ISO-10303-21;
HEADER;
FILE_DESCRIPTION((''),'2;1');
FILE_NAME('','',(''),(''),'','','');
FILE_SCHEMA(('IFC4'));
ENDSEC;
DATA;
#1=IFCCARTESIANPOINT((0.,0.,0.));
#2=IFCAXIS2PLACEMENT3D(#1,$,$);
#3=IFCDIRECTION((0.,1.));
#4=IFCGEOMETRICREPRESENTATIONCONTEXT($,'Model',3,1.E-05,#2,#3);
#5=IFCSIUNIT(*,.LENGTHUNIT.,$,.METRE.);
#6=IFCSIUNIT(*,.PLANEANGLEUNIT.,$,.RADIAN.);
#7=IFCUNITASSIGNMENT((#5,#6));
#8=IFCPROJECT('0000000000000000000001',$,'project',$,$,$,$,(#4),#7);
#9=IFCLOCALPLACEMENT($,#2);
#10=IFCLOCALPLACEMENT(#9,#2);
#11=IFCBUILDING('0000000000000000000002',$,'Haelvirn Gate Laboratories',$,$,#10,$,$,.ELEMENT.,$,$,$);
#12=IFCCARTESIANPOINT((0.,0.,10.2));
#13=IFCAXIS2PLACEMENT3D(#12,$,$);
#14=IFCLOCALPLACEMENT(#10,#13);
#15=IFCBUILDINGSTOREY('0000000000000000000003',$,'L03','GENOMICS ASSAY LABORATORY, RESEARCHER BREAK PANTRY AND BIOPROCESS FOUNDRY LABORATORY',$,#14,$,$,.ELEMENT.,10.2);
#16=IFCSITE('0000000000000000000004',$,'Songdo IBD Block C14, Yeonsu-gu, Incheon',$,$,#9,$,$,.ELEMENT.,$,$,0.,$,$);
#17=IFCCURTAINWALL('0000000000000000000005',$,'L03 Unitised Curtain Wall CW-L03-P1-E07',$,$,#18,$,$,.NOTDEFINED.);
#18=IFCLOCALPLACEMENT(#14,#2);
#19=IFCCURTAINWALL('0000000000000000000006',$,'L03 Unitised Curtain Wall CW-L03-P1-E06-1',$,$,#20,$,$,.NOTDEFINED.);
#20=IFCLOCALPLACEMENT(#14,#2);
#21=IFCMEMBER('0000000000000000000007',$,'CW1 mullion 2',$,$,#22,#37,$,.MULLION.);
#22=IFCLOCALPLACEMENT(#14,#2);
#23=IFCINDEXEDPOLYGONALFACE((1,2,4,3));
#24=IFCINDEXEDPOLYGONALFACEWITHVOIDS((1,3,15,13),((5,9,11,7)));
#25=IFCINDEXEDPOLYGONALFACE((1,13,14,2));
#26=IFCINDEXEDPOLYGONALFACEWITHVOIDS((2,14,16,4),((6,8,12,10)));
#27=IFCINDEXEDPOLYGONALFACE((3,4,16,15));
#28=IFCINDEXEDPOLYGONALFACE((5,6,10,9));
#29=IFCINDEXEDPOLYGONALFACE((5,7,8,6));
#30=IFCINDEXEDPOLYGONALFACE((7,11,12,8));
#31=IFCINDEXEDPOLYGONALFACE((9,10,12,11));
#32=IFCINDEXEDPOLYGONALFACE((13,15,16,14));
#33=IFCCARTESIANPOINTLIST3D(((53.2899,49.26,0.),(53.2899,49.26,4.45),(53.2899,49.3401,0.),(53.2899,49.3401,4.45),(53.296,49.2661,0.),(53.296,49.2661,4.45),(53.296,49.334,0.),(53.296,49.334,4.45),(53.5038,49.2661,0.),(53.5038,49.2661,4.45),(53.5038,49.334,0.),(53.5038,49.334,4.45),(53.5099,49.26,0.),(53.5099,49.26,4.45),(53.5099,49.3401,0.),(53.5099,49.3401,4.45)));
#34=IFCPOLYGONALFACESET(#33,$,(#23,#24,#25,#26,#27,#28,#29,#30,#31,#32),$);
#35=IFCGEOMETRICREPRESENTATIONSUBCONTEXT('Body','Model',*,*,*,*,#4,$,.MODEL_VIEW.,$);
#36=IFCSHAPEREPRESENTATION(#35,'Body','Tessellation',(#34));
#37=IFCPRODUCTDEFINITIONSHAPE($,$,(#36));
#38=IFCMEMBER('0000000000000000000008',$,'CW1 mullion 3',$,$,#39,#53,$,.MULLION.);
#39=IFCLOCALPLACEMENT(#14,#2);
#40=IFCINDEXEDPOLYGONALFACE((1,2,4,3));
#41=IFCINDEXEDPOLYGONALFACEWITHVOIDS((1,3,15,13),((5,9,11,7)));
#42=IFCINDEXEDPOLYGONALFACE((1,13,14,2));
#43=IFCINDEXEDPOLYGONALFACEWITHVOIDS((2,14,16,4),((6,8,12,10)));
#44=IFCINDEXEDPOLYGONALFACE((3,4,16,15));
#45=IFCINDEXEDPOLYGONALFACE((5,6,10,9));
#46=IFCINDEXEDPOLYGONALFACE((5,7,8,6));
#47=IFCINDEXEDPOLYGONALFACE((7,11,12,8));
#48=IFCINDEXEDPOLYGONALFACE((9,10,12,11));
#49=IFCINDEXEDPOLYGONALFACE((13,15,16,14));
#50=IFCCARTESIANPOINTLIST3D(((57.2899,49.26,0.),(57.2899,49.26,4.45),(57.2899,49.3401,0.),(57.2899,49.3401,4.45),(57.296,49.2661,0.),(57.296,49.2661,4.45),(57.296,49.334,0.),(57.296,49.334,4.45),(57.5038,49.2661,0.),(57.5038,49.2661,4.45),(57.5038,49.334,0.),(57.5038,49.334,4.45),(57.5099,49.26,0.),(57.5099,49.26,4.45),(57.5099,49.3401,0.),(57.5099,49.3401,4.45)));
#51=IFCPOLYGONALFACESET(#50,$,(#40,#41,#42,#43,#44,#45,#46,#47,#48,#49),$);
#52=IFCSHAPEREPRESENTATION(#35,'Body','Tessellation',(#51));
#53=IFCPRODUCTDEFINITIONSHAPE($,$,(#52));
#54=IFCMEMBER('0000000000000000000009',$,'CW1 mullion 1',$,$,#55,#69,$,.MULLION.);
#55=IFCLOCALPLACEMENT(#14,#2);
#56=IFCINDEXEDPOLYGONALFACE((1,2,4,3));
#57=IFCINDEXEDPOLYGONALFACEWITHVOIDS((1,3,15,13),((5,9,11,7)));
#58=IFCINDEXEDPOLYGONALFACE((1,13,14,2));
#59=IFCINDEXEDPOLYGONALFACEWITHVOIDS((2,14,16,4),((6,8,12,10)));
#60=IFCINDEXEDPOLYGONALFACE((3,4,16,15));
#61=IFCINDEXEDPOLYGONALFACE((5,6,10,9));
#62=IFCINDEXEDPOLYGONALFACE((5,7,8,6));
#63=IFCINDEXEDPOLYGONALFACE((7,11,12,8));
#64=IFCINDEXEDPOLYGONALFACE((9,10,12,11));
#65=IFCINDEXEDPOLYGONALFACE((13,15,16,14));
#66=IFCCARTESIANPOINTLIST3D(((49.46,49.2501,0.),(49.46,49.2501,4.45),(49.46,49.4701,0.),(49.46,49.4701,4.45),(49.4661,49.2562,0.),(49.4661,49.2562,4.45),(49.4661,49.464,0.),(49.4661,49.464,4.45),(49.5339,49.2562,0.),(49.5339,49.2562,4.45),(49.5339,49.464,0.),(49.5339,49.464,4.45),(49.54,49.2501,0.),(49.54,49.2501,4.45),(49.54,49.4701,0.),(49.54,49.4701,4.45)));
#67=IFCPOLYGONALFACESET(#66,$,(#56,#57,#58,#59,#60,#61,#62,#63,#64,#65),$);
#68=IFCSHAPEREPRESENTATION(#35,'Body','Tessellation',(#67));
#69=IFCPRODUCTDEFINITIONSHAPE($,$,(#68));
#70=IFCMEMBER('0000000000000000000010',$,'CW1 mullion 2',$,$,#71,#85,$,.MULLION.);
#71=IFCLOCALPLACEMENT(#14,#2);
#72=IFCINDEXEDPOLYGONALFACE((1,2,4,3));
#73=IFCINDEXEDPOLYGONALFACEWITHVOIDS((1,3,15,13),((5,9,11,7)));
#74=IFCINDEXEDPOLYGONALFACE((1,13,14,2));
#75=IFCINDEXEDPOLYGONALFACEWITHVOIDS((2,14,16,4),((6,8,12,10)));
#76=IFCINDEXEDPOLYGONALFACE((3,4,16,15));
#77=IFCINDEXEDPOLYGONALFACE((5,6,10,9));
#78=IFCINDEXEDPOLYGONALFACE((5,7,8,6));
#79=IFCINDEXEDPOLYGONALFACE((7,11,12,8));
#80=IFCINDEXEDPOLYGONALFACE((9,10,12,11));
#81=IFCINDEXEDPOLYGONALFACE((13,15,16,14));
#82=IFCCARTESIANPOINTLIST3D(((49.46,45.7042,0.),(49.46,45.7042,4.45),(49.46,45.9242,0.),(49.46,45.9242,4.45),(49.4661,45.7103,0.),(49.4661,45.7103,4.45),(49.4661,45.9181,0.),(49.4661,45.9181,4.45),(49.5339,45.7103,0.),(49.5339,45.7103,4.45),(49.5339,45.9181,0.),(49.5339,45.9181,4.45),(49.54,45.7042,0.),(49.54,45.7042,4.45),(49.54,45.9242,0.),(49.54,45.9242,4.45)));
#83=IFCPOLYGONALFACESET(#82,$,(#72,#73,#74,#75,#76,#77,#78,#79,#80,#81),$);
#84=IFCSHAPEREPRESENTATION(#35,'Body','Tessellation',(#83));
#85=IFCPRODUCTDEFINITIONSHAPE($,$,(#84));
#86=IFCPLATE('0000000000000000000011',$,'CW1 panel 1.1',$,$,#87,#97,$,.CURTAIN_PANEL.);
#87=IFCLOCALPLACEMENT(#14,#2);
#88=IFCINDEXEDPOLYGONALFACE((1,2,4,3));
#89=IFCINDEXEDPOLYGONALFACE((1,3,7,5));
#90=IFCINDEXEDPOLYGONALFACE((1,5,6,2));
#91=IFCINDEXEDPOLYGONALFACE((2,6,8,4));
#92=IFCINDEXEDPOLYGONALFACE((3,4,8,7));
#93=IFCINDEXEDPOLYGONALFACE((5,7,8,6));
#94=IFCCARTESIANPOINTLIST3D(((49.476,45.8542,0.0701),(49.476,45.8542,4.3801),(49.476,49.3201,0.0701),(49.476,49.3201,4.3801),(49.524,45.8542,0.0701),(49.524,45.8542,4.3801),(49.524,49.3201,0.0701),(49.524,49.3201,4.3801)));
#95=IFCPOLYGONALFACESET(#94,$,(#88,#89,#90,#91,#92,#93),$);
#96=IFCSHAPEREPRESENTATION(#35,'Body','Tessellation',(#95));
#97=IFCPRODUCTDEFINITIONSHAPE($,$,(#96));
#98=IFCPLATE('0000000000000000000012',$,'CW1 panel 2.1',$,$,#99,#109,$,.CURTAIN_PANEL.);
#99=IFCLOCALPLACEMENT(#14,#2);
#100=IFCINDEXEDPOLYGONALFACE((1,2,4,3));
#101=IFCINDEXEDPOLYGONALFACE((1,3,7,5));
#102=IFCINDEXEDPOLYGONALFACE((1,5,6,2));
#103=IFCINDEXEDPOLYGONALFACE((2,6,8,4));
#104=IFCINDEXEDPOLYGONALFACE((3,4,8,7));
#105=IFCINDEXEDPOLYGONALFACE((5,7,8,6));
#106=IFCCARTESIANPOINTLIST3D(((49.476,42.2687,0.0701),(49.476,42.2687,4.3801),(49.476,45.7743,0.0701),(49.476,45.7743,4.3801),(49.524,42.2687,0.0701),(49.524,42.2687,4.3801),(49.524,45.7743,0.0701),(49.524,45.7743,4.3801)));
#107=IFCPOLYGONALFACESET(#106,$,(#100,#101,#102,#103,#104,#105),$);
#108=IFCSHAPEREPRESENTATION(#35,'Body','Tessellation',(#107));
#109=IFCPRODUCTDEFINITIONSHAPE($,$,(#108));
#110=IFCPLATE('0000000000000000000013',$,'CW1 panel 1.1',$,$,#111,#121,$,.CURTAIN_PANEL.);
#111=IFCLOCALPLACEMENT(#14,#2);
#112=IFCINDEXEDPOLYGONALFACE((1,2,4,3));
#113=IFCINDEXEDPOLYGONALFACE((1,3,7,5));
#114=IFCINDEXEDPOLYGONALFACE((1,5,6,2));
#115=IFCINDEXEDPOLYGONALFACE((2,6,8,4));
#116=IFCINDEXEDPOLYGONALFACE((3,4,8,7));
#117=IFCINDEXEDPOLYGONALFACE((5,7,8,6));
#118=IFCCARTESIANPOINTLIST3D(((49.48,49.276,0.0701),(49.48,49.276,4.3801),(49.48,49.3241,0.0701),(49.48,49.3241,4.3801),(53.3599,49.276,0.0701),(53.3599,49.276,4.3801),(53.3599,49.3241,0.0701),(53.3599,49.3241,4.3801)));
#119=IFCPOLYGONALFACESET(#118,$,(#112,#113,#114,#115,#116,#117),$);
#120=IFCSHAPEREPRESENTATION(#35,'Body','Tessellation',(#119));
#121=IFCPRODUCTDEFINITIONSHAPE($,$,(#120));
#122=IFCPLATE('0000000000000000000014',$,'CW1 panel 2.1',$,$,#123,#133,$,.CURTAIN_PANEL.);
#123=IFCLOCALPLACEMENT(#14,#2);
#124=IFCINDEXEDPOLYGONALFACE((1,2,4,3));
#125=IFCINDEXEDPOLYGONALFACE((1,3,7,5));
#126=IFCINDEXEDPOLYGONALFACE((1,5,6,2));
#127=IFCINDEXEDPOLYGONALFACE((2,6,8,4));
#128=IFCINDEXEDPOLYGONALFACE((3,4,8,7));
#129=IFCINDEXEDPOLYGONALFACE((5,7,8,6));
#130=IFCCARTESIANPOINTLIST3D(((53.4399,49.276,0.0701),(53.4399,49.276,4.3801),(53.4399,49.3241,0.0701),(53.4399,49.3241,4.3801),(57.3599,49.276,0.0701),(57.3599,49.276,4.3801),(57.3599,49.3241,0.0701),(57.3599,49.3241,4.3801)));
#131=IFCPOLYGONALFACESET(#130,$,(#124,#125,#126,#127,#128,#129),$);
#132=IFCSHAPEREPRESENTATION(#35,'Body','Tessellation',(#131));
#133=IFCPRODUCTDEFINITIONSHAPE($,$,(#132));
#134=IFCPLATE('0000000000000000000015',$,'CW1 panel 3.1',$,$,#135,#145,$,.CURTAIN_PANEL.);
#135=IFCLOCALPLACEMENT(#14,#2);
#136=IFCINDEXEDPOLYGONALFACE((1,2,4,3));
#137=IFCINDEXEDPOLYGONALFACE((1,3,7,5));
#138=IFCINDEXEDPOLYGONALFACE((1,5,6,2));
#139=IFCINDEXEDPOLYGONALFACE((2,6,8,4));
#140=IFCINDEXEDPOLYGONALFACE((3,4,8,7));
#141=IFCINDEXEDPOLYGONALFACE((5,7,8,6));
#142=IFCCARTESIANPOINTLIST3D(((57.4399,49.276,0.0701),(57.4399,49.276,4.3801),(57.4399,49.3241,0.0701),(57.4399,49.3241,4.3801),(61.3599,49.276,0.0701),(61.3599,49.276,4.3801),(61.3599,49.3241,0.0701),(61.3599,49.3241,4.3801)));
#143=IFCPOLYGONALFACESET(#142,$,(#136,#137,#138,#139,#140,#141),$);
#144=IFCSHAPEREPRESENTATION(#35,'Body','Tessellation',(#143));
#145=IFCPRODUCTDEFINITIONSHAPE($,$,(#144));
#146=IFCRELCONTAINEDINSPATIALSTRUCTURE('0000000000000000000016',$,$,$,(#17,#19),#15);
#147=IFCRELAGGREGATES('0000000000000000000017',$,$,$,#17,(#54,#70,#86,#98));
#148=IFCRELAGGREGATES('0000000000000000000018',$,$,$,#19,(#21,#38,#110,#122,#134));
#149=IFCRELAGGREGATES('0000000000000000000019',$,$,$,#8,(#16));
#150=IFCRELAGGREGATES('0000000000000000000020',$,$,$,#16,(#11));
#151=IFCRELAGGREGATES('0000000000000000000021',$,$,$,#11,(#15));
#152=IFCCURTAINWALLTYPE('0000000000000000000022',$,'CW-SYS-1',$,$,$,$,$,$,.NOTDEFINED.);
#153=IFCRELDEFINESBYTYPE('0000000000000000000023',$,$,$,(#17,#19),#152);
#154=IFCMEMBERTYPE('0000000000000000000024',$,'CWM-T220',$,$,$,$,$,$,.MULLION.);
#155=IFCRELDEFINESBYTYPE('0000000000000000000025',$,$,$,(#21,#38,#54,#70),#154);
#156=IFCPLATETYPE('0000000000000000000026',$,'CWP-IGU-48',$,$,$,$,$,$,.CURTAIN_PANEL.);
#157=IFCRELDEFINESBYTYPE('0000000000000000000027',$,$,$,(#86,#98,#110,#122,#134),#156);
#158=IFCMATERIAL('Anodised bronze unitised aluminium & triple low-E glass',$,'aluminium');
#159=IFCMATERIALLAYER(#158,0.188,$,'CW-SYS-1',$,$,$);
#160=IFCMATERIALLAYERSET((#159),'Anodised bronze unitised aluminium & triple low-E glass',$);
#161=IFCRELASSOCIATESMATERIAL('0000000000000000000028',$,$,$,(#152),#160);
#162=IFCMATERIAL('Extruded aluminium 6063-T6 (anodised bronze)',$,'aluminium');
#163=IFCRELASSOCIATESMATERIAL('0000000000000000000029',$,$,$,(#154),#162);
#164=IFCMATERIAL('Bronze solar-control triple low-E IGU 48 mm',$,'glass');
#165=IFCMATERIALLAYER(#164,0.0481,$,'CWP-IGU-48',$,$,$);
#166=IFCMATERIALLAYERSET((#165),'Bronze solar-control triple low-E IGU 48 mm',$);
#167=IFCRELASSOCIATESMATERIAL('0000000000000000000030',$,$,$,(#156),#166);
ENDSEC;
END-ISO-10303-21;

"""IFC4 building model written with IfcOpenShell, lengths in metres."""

from ifc_helpers import new_model, si_unit, direction, frame, origin, origin_2d, place, context, subcontext, project, spatial, rectangle, hollow_rectangle, extrude, source, transform, mapped, material, layer, layer_set, material_profile, profile_set, type_object, type_shapes, element, aggregate, save


model = new_model("IFC4")

# Units and contexts
model_context = context("Model", 3, precision=1e-05, world=origin(), true_north=direction((0.0, 1.0)))
body_context = subcontext(model_context, "Body", "Model", "MODEL_VIEW")
ifc_project = project(units=[si_unit("LENGTHUNIT", "METRE"), si_unit("PLANEANGLEUNIT", "RADIAN")], contexts=[model_context])

# Site, building, storey
site_placement = place(None, origin())
site = spatial("IfcSite", under=ifc_project, at=site_placement, Name="Songdo IBD Block C14, Yeonsu-gu, Incheon", CompositionType="ELEMENT", RefElevation=0.0)
building_placement = place(site_placement, origin())
building = spatial("IfcBuilding", under=site, at=building_placement, Name="Haelvirn Gate Laboratories", CompositionType="ELEMENT")
storey_placement = place(building_placement, frame((0.0, 0.0, 10.2)))
storey = spatial("IfcBuildingStorey", under=building, at=storey_placement, Name="L03", Description="GENOMICS ASSAY LABORATORY, RESEARCHER BREAK PANTRY AND BIOPROCESS FOUNDRY LABORATORY", CompositionType="ELEMENT", Elevation=10.2)

# Curtain walls, members
ifc_material_1 = material(Name="Anodised bronze unitised aluminium & triple low-E glass", Category="aluminium")
ifc_layer_1 = layer(ifc_material_1, 0.188, Name="CW-SYS-1")
ifc_layer_set_1 = layer_set([ifc_layer_1], Name="Anodised bronze unitised aluminium & triple low-E glass")
curtain_wall_type = type_object("IfcCurtainWallType", Name="CW-SYS-1", PredefinedType="NOTDEFINED", material=ifc_layer_set_1)
curtain_wall_1_placement = place(storey_placement, origin())
curtain_wall_1 = element("IfcCurtainWall", 1, at=curtain_wall_1_placement, inside=storey, type_object=curtain_wall_type, Name="L03 Unitised Curtain Wall CW-L03-P1-E07", PredefinedType="NOTDEFINED")
ifc_material_2 = material(Name="Extruded aluminium 6063-T6 (anodised bronze)", Category="aluminium")
curtain_wall_2_placement = place(storey_placement, origin())
curtain_wall_2 = element("IfcCurtainWall", 2, at=curtain_wall_2_placement, inside=storey, type_object=curtain_wall_type, Name="L03 Unitised Curtain Wall CW-L03-P1-E06-1", PredefinedType="NOTDEFINED")
ifc_material_profile_1 = material_profile(ifc_material_2, hollow_rectangle(XDim=0.0801, YDim=0.22, WallThickness=0.0061, at=origin_2d()), Name="CWM-220x80x6")
ifc_profile_set_1 = profile_set([ifc_material_profile_1], Name="Extruded aluminium 6063-T6 (anodised bronze)")
member_type_1 = type_object("IfcMemberType", Name="CWM-T220", PredefinedType="MULLION", material=ifc_profile_set_1)
shared_shape_1 = source(origin(), body_context, "Body", "SweptSolid", [
    extrude(hollow_rectangle(XDim=0.0801, YDim=0.22, WallThickness=0.0061, at=origin_2d()), origin(), (0.0, 0.0, 1.0), 4.45),
])
type_shapes(member_type_1, [shared_shape_1])
member_1_placement = place(storey_placement, frame((53.3999, 49.3, 0.0), z_axis=(0.0, 0.0, 1.0), x_axis=(0.0, 1.0, 0.0)))
member_1 = element("IfcMember", 3, at=member_1_placement, type_object=member_type_1, Name="CW1 mullion 2", PredefinedType="MULLION", context=body_context, shape_type="MappedRepresentation", body=[
    mapped(shared_shape_1, transform((0.0, 0.0, 0.0), scale=1.0)),
])
member_2_placement = place(storey_placement, frame((57.3999, 49.3, 0.0), z_axis=(0.0, 0.0, 1.0), x_axis=(0.0, 1.0, 0.0)))
member_2 = element("IfcMember", 4, at=member_2_placement, type_object=member_type_1, Name="CW1 mullion 3", PredefinedType="MULLION", context=body_context, shape_type="MappedRepresentation", body=[
    mapped(shared_shape_1, transform((0.0, 0.0, 0.0), scale=1.0)),
])

# Members
member_3_placement = place(storey_placement, frame((49.5, 49.3601, 0.0), z_axis=(0.0, 0.0, 1.0), x_axis=(1.0, 0.0, 0.0)))
member_3 = element("IfcMember", 5, at=member_3_placement, type_object=member_type_1, Name="CW1 mullion 1", PredefinedType="MULLION", context=body_context, shape_type="MappedRepresentation", body=[
    mapped(shared_shape_1, transform((0.0, 0.0, 0.0), scale=1.0)),
])
member_4_placement = place(storey_placement, frame((49.5, 45.8142, 0.0), z_axis=(0.0, 0.0, 1.0), x_axis=(1.0, 0.0, 0.0)))
member_4 = element("IfcMember", 6, at=member_4_placement, type_object=member_type_1, Name="CW1 mullion 2", PredefinedType="MULLION", context=body_context, shape_type="MappedRepresentation", body=[
    mapped(shared_shape_1, transform((0.0, 0.0, 0.0), scale=1.0)),
])

# Plates
ifc_material_3 = material(Name="Bronze solar-control triple low-E IGU 48 mm", Category="glass")
ifc_layer_2 = layer(ifc_material_3, 0.0481, Name="CWP-IGU-48")
ifc_layer_set_2 = layer_set([ifc_layer_2], Name="Bronze solar-control triple low-E IGU 48 mm")
plate_type = type_object("IfcPlateType", Name="CWP-IGU-48", PredefinedType="CURTAIN_PANEL", material=ifc_layer_set_2)
shared_shape_2 = source(origin(), body_context, "Body", "SweptSolid", [
    extrude(rectangle(XDim=3.4658, YDim=0.0481, at=origin_2d()), origin(), (0.0, 0.0, 1.0), 4.3101),
])
plate_1_placement = place(storey_placement, frame((49.5, 47.5872, 0.0701), z_axis=(0.0, 0.0, 1.0), x_axis=(0.0, -1.0, 0.0)))
plate_1 = element("IfcPlate", 7, at=plate_1_placement, type_object=plate_type, Name="CW1 panel 1.1", PredefinedType="CURTAIN_PANEL", context=body_context, shape_type="MappedRepresentation", body=[
    mapped(shared_shape_2, transform((0.0, 0.0, 0.0), scale=1.0)),
])
shared_shape_3 = source(origin(), body_context, "Body", "SweptSolid", [
    extrude(rectangle(XDim=3.5056, YDim=0.0481, at=origin_2d()), origin(), (0.0, 0.0, 1.0), 4.3101),
])
plate_2_placement = place(storey_placement, frame((49.5, 44.0215, 0.0701), z_axis=(0.0, 0.0, 1.0), x_axis=(0.0, -1.0, 0.0)))
plate_2 = element("IfcPlate", 8, at=plate_2_placement, type_object=plate_type, Name="CW1 panel 2.1", PredefinedType="CURTAIN_PANEL", context=body_context, shape_type="MappedRepresentation", body=[
    mapped(shared_shape_3, transform((0.0, 0.0, 0.0), scale=1.0)),
])
aggregate(curtain_wall_1, [member_3, member_4, plate_1, plate_2])
shared_shape_4 = source(origin(), body_context, "Body", "SweptSolid", [
    extrude(rectangle(XDim=3.8799, YDim=0.0481, at=origin_2d()), origin(), (0.0, 0.0, 1.0), 4.3101),
])
plate_3_placement = place(storey_placement, frame((51.4199, 49.3, 0.0701), z_axis=(0.0, 0.0, 1.0), x_axis=(1.0, 0.0, 0.0)))
plate_3 = element("IfcPlate", 9, at=plate_3_placement, type_object=plate_type, Name="CW1 panel 1.1", PredefinedType="CURTAIN_PANEL", context=body_context, shape_type="MappedRepresentation", body=[
    mapped(shared_shape_4, transform((0.0, 0.0, 0.0), scale=1.0)),
])
shared_shape_5 = source(origin(), body_context, "Body", "SweptSolid", [
    extrude(rectangle(XDim=3.9199, YDim=0.0481, at=origin_2d()), origin(), (0.0, 0.0, 1.0), 4.3101),
])
type_shapes(plate_type, [shared_shape_2, shared_shape_3, shared_shape_4, shared_shape_5])
plate_4_placement = place(storey_placement, frame((55.3999, 49.3, 0.0701), z_axis=(0.0, 0.0, 1.0), x_axis=(1.0, 0.0, 0.0)))
plate_4 = element("IfcPlate", 10, at=plate_4_placement, type_object=plate_type, Name="CW1 panel 2.1", PredefinedType="CURTAIN_PANEL", context=body_context, shape_type="MappedRepresentation", body=[
    mapped(shared_shape_5, transform((0.0, 0.0, 0.0), scale=1.0)),
])
plate_5_placement = place(storey_placement, frame((59.3999, 49.3, 0.0701), z_axis=(0.0, 0.0, 1.0), x_axis=(1.0, 0.0, 0.0)))
plate_5 = element("IfcPlate", 11, at=plate_5_placement, type_object=plate_type, Name="CW1 panel 3.1", PredefinedType="CURTAIN_PANEL", context=body_context, shape_type="MappedRepresentation", body=[
    mapped(shared_shape_5, transform((0.0, 0.0, 0.0), scale=1.0)),
])
aggregate(curtain_wall_2, [member_1, member_2, plate_3, plate_4, plate_5])

save(model, "model.ifc")
